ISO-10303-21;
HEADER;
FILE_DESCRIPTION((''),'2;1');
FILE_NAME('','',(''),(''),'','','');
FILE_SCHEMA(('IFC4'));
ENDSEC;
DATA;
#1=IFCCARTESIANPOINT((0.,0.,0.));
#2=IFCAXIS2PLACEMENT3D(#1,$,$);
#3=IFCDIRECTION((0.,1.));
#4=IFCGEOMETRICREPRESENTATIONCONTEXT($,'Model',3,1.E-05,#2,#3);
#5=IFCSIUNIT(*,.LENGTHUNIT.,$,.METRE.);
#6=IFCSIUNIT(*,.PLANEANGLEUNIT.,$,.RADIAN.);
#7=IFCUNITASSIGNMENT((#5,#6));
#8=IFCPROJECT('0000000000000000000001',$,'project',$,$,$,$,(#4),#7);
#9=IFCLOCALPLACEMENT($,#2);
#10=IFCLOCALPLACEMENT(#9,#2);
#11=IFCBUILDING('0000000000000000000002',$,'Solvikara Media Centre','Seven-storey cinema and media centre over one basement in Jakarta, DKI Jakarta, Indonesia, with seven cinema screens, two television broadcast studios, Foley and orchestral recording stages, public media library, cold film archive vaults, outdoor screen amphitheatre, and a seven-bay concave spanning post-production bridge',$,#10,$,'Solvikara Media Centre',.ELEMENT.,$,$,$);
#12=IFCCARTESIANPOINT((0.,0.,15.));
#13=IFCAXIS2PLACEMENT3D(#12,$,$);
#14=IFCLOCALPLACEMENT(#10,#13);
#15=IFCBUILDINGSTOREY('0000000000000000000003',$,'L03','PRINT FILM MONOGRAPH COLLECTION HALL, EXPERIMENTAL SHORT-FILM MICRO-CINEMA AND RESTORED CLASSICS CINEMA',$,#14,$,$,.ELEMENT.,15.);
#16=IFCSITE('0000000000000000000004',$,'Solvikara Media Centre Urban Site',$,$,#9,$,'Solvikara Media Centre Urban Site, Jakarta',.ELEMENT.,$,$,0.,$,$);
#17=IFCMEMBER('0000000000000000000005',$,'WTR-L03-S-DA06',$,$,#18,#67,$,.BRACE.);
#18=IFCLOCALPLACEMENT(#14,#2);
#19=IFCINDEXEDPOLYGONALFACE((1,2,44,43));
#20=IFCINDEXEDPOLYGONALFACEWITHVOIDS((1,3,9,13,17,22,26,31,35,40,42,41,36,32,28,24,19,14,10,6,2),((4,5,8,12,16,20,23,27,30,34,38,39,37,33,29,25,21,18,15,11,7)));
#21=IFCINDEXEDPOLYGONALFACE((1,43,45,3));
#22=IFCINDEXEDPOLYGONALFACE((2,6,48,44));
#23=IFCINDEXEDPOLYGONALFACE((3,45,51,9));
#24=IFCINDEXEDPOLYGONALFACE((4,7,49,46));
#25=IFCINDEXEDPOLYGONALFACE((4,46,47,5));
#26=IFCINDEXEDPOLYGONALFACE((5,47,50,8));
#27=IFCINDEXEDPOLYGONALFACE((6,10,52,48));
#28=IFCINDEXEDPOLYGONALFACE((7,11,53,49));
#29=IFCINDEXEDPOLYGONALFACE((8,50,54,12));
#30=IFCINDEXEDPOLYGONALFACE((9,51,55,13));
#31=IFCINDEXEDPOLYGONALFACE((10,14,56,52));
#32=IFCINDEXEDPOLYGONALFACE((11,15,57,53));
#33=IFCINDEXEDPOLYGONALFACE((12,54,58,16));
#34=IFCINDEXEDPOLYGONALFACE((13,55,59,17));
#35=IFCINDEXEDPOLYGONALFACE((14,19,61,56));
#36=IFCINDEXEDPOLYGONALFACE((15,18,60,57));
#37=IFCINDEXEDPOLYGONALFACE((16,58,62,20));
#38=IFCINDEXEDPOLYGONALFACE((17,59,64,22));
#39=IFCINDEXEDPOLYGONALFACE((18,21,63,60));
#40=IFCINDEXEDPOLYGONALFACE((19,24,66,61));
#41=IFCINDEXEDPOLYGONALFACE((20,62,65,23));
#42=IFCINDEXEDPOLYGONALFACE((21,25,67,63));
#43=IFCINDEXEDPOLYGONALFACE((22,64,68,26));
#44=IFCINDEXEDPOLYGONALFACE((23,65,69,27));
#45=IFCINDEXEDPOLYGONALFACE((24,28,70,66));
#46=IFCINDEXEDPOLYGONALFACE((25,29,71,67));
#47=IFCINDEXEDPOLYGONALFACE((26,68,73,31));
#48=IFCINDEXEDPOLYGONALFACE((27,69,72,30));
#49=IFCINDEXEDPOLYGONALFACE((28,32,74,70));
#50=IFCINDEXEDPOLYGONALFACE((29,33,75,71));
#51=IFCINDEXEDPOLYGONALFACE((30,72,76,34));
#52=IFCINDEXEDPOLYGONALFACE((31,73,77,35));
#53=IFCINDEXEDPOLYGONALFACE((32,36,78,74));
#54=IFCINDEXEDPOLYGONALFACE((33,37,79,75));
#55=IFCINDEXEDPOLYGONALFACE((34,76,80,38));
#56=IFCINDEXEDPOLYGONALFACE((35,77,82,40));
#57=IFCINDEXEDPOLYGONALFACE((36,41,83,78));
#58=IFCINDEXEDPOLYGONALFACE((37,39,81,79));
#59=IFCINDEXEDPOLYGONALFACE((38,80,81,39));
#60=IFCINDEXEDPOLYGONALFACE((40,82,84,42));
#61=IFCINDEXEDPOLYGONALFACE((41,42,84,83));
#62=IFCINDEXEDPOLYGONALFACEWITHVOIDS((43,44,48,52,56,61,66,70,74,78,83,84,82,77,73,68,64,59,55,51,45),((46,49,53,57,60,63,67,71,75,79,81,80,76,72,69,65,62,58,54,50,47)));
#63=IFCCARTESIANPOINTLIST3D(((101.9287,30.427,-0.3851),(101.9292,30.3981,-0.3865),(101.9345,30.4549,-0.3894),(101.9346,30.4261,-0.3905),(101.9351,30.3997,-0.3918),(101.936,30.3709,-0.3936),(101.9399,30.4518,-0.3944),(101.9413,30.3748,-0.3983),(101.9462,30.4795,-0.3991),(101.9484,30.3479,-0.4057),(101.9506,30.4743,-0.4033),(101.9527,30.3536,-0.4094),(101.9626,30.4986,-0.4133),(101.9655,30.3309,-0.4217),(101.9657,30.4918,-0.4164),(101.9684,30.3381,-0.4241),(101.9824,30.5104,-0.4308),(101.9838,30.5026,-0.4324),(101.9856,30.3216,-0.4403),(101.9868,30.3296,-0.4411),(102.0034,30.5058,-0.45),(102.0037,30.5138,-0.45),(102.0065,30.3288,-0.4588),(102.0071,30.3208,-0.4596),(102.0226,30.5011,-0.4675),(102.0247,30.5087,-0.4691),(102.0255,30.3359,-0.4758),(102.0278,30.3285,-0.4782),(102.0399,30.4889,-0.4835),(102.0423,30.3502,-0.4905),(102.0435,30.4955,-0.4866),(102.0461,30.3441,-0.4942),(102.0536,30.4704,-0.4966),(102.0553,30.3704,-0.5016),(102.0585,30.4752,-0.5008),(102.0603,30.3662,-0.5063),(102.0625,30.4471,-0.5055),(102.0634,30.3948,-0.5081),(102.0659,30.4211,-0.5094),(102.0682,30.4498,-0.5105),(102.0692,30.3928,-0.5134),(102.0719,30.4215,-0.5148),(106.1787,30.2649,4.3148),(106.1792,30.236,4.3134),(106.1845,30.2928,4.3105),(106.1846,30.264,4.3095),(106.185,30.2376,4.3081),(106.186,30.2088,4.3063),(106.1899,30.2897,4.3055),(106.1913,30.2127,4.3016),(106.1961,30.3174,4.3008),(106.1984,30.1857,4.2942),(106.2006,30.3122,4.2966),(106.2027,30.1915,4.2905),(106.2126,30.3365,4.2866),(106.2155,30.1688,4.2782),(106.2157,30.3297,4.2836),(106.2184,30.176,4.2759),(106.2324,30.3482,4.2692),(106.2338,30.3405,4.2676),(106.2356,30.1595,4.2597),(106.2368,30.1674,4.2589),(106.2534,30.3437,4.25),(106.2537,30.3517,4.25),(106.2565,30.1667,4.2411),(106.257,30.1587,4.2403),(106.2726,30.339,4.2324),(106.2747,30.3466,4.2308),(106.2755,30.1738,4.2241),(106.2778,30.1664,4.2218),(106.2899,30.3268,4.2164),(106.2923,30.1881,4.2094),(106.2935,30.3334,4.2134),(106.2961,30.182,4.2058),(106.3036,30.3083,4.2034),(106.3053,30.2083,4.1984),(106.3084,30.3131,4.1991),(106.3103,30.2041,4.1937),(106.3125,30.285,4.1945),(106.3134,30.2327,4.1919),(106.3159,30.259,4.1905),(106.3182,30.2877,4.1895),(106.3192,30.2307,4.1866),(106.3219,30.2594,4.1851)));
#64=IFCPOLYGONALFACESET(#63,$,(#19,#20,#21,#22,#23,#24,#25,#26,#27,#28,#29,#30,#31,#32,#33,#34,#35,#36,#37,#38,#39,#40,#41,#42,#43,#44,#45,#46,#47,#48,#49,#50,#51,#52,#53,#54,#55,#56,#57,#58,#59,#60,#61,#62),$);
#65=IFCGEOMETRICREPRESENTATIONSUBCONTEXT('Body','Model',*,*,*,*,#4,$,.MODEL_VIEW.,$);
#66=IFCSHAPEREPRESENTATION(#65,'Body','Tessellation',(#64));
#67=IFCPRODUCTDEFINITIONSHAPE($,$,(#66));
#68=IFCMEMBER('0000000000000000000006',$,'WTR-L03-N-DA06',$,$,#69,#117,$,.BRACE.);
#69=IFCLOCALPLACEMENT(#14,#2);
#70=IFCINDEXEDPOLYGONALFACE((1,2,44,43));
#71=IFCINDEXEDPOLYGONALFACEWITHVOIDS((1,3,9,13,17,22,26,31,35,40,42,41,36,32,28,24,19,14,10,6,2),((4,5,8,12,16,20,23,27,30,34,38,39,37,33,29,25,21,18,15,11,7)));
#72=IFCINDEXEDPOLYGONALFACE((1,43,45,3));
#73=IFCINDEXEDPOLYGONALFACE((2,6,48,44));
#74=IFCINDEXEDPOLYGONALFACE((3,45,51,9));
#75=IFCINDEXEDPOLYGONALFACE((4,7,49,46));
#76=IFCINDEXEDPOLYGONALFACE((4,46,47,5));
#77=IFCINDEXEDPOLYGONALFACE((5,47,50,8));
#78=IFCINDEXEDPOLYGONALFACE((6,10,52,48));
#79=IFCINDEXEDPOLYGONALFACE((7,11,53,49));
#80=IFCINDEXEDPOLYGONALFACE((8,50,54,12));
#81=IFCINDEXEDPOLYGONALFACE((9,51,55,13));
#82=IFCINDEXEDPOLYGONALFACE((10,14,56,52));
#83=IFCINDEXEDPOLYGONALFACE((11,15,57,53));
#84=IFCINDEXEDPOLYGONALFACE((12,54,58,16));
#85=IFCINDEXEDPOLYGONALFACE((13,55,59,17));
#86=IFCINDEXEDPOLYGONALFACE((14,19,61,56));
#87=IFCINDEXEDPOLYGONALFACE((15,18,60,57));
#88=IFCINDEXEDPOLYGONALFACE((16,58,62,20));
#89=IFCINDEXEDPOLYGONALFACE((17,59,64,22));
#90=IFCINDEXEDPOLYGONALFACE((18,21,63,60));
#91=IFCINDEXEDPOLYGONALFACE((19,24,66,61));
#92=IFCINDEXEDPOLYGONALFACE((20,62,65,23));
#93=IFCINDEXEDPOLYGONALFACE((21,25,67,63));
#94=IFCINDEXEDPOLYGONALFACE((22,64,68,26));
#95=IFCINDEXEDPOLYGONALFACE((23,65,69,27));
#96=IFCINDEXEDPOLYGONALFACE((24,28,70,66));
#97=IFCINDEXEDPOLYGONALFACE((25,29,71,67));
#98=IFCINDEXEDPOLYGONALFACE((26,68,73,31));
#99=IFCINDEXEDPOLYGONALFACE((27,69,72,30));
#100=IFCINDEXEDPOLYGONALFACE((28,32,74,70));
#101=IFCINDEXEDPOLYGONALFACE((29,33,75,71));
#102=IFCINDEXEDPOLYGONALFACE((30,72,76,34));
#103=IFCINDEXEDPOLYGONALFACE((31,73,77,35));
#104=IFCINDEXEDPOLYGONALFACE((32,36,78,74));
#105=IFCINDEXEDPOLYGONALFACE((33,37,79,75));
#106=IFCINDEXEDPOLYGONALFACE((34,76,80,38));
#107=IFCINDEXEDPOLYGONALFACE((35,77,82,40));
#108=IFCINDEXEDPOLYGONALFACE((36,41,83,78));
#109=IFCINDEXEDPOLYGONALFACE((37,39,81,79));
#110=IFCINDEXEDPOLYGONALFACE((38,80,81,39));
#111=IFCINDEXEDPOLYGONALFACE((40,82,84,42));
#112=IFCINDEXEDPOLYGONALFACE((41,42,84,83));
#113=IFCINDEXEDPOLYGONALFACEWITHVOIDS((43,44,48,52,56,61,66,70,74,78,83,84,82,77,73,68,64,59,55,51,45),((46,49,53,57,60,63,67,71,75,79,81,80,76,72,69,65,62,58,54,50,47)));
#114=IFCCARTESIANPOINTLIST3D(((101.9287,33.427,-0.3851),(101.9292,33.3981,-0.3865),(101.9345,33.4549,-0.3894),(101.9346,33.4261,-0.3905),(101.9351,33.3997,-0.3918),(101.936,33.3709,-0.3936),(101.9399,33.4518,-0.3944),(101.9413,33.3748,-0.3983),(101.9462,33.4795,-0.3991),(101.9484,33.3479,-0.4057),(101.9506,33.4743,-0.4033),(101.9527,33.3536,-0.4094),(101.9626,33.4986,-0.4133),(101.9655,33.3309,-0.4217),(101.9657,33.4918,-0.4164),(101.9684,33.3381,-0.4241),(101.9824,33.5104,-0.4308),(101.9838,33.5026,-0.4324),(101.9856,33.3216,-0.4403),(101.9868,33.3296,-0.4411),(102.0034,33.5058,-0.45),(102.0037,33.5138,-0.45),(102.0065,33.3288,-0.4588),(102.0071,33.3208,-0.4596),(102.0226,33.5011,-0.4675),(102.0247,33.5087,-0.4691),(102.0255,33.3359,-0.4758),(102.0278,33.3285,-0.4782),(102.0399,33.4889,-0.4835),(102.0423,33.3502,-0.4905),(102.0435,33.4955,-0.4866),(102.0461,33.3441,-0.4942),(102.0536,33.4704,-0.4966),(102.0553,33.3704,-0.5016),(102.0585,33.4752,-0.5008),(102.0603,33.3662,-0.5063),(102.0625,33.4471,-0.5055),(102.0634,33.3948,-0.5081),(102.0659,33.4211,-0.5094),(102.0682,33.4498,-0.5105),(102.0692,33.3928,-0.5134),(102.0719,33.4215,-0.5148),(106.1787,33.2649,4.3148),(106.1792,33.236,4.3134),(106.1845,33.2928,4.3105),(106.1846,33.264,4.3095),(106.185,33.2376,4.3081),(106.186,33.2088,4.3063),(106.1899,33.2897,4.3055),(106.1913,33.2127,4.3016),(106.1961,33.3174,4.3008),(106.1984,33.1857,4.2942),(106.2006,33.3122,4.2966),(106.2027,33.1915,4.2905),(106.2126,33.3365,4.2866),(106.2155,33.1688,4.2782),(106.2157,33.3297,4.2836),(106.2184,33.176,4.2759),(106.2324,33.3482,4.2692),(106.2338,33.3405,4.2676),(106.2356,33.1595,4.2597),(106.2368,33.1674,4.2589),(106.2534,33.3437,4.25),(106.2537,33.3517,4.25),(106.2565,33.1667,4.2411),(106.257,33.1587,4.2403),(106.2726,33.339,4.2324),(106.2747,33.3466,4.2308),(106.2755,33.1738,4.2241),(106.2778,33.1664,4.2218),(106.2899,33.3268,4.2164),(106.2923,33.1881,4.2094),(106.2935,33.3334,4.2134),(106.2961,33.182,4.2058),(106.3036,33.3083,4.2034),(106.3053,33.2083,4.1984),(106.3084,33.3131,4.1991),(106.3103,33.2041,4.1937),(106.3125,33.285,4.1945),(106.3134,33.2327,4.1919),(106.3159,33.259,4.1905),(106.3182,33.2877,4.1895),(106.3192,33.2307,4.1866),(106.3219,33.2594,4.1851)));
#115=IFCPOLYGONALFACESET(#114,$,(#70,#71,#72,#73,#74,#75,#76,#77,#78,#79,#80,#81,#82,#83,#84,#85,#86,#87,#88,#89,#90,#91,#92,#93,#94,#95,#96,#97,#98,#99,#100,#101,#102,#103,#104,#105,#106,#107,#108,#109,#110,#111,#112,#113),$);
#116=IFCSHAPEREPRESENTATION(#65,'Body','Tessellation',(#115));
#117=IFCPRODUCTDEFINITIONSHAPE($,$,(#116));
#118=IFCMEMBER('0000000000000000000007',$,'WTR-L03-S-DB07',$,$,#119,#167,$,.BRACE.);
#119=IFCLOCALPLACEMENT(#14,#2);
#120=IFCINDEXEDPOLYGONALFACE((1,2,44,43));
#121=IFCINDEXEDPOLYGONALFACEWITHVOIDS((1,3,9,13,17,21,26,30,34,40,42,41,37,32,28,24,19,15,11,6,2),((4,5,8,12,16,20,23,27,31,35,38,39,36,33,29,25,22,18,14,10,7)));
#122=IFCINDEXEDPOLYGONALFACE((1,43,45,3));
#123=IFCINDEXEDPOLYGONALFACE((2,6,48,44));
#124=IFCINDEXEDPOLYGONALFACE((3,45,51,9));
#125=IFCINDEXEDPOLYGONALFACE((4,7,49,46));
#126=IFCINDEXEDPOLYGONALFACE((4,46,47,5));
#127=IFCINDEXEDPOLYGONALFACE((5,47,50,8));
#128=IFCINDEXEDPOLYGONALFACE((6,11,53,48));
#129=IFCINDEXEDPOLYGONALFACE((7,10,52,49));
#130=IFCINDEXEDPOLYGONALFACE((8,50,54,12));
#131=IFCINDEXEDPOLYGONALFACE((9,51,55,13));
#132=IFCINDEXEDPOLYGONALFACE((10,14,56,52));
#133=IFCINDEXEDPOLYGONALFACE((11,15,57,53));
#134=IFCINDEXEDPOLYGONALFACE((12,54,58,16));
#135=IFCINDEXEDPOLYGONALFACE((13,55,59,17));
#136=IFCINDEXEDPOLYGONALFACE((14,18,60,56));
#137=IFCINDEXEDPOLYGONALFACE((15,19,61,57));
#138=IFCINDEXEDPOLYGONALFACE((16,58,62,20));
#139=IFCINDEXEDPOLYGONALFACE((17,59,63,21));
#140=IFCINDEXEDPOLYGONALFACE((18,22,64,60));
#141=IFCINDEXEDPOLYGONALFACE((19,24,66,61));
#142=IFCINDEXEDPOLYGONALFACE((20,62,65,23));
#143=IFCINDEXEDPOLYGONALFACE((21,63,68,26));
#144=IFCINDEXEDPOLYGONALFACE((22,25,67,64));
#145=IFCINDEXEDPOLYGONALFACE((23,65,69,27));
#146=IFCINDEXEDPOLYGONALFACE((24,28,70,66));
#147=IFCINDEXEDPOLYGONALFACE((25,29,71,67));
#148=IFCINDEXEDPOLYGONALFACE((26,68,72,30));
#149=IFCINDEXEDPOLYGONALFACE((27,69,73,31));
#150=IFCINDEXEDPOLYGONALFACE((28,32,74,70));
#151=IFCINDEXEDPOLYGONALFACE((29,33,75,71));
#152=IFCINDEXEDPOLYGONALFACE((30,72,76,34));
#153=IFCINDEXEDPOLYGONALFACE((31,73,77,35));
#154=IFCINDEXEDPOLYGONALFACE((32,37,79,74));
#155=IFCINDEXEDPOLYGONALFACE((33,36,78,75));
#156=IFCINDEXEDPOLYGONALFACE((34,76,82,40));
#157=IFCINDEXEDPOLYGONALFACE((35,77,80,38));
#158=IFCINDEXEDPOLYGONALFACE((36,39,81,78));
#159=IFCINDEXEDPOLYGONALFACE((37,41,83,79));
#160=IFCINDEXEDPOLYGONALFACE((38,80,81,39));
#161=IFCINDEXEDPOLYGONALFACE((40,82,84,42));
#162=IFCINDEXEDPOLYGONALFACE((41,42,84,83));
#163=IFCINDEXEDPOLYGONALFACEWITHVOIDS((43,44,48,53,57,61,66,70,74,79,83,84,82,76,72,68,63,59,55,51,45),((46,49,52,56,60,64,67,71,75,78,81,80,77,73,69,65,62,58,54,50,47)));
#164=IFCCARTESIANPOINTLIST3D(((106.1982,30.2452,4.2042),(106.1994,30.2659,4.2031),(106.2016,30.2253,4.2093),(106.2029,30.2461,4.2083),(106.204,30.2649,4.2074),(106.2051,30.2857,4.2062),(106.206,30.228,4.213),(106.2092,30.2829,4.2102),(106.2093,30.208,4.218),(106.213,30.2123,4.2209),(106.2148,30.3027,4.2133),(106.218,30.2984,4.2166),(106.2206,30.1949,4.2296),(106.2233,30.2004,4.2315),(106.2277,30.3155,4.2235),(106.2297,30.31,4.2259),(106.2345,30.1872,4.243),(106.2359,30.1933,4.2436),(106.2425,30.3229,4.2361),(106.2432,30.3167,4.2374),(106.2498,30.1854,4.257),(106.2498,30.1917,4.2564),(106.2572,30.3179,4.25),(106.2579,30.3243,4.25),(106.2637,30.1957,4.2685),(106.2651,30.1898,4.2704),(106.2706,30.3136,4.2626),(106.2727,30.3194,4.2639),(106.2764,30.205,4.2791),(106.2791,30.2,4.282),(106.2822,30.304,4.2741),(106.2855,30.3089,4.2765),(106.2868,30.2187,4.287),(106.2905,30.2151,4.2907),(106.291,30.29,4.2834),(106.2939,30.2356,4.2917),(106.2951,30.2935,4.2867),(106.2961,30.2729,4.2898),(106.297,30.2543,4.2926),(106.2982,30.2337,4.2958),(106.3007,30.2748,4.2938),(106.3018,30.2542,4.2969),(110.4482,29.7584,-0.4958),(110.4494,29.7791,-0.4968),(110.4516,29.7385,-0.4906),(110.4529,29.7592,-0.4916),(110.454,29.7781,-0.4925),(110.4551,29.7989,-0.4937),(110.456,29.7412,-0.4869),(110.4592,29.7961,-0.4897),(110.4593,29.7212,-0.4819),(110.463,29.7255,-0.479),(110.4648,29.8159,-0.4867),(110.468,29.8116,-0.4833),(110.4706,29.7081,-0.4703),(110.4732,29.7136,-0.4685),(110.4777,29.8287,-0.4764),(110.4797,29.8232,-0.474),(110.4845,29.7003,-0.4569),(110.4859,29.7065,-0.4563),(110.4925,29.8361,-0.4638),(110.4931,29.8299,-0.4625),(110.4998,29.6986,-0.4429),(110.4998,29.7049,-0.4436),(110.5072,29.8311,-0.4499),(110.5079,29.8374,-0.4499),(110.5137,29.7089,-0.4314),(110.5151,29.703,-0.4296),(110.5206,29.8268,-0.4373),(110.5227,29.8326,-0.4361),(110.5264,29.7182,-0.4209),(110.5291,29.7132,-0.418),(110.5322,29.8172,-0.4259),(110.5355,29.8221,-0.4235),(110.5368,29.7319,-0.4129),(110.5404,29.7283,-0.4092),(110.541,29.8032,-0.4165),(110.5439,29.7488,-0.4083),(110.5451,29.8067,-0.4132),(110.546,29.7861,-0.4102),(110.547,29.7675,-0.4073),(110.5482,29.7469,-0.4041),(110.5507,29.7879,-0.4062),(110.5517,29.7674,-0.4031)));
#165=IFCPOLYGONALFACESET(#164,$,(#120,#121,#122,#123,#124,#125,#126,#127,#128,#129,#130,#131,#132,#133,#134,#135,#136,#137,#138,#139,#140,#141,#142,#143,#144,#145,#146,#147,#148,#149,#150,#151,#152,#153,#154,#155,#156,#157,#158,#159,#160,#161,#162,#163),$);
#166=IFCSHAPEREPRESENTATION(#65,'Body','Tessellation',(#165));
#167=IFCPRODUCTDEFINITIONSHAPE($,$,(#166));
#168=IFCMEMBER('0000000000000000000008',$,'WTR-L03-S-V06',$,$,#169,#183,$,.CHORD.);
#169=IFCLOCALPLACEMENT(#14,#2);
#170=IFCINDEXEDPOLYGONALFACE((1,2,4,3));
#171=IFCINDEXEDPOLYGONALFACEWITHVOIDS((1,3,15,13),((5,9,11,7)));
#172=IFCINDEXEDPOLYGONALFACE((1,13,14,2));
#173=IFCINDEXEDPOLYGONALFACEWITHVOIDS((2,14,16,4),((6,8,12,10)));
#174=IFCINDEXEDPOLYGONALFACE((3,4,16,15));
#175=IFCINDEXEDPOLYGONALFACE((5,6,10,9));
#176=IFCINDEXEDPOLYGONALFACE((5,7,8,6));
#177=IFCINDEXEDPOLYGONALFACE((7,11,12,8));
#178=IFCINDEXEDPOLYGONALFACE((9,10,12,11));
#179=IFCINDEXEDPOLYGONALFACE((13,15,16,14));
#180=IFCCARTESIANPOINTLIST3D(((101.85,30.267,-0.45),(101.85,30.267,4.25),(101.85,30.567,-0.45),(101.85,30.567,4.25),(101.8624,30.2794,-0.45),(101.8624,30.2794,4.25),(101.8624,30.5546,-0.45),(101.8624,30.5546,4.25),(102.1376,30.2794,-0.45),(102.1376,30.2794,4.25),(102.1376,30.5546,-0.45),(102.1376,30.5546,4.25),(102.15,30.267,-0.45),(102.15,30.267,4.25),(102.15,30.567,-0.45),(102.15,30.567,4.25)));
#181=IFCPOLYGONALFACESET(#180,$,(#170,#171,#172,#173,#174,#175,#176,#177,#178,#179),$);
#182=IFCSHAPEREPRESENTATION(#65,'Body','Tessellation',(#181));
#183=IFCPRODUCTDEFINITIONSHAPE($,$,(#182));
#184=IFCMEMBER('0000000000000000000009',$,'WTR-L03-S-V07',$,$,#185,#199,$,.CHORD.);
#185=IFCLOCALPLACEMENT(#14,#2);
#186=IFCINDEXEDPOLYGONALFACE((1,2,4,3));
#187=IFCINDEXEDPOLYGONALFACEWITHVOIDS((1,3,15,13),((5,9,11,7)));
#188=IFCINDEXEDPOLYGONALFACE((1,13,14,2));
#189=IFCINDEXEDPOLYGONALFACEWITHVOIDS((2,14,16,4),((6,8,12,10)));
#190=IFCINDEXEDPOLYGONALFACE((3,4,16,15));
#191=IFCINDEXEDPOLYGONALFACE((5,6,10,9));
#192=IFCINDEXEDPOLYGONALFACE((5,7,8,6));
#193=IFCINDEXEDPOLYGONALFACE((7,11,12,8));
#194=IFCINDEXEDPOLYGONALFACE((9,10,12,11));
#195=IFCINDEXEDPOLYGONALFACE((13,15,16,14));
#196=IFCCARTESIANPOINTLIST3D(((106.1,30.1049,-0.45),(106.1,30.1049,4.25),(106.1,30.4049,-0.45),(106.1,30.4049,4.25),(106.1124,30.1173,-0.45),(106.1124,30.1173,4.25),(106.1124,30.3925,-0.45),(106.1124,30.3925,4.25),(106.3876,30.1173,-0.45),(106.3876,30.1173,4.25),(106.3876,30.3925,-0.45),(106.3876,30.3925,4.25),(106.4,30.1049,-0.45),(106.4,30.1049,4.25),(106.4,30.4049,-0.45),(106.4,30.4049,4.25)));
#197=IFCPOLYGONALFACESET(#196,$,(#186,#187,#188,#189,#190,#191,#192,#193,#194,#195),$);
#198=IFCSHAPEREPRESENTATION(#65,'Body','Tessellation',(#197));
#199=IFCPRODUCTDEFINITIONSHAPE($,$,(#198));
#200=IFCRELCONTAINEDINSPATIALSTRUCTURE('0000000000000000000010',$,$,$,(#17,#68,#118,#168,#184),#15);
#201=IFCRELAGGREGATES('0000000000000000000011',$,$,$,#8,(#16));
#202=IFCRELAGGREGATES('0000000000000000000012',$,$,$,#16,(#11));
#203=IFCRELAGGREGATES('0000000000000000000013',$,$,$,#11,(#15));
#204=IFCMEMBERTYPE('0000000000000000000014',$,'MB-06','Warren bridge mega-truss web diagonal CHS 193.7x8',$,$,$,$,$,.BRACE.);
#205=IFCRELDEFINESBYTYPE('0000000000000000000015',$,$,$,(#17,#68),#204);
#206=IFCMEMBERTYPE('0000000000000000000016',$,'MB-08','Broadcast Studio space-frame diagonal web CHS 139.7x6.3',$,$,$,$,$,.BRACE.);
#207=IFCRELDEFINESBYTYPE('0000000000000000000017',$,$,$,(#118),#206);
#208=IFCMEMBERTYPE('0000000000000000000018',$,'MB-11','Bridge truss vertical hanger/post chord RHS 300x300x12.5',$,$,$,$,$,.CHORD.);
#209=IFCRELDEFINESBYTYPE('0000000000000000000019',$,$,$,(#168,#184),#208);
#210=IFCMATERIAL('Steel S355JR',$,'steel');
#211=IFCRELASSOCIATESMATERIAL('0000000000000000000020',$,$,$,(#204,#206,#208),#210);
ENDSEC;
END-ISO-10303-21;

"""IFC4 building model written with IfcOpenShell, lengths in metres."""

from ifc_helpers import new_model, si_unit, direction, frame, origin, origin_2d, place, context, subcontext, project, spatial, hollow_rectangle, hollow_circle, extrude, material, material_profile, profile_set, type_object, element, save


model = new_model("IFC4")

# Units and contexts
model_context = context("Model", 3, precision=1e-05, world=origin(), true_north=direction((0.0, 1.0)))
body_context = subcontext(model_context, "Body", "Model", "MODEL_VIEW")
ifc_project = project(units=[si_unit("LENGTHUNIT", "METRE"), si_unit("PLANEANGLEUNIT", "RADIAN")], contexts=[model_context])

# Site, building, storey
site_placement = place(None, origin())
site = spatial("IfcSite", under=ifc_project, at=site_placement, Name="Solvikara Media Centre Urban Site", LongName="Solvikara Media Centre Urban Site, Jakarta", CompositionType="ELEMENT", RefElevation=0.0)
building_placement = place(site_placement, origin())
building = spatial("IfcBuilding", under=site, at=building_placement, Name="Solvikara Media Centre", Description="Seven-storey cinema and media centre over one basement in Jakarta, DKI Jakarta, Indonesia, with seven cinema screens, two television broadcast studios, Foley and orchestral recording stages, public media library, cold film archive vaults, outdoor screen amphitheatre, and a seven-bay concave spanning post-production bridge", LongName="Solvikara Media Centre", CompositionType="ELEMENT")
storey_placement = place(building_placement, frame((0.0, 0.0, 15.0)))
storey = spatial("IfcBuildingStorey", under=building, at=storey_placement, Name="L03", Description="PRINT FILM MONOGRAPH COLLECTION HALL, EXPERIMENTAL SHORT-FILM MICRO-CINEMA AND RESTORED CLASSICS CINEMA", CompositionType="ELEMENT", Elevation=15.0)

# Shared definitions
ifc_material_1 = material(Name="Steel S355JR", Category="steel")

# Members
ifc_material_profile_1 = material_profile(ifc_material_1, hollow_circle(Radius=0.0969, WallThickness=0.0081, at=origin_2d()), Name="CHS 193.7x8")
ifc_profile_set_1 = profile_set([ifc_material_profile_1], Name="Steel S355JR")
member_type_1 = type_object("IfcMemberType", Name="MB-06", Description="Warren bridge mega-truss web diagonal CHS 193.7x8", PredefinedType="BRACE", material=ifc_profile_set_1)
for number, where, z_axis, x_axis, name in (
    (1, (102.0, 30.417, -0.45), (0.670491, -0.025575, 0.741477), (0.038116, 0.999273, 0.0), "WTR-L03-S-DA06"),
    (2, (102.0, 33.417, -0.45), (0.670491, -0.025575, 0.741477), (0.038116, 0.999273, 0.0), "WTR-L03-N-DA06"),
):
    element("IfcMember", number, at=place(storey_placement, frame(where, z_axis=z_axis, x_axis=x_axis)), inside=storey, type_object=member_type_1, Name=name, PredefinedType="BRACE", context=body_context, shape_type="SweptSolid", body=[
        extrude(hollow_circle(Radius=0.0969, WallThickness=0.0081, at=origin_2d()), origin(), (0.0, 0.0, 1.0), 6.3386),
    ])
ifc_material_profile_2 = material_profile(ifc_material_1, hollow_circle(Radius=0.0698, WallThickness=0.0063, at=origin_2d()), Name="CHS 139.7x6.3")
ifc_profile_set_2 = profile_set([ifc_material_profile_2], Name="Steel S355JR")
member_type_2 = type_object("IfcMemberType", Name="MB-08", Description="Broadcast Studio space-frame diagonal web CHS 139.7x6.3", PredefinedType="BRACE", material=ifc_profile_set_2)
member_1_placement = place(storey_placement, frame((106.25, 30.2549, 4.25), z_axis=(0.66874, -0.076601, -0.73954), x_axis=(0.113801, 0.993504, 0.0)))
element("IfcMember", 3, at=member_1_placement, inside=storey, type_object=member_type_2, Name="WTR-L03-S-DB07", PredefinedType="BRACE", context=body_context, shape_type="SweptSolid", body=[
    extrude(hollow_circle(Radius=0.0698, WallThickness=0.0063, at=origin_2d()), origin(), (0.0, 0.0, 1.0), 6.3552),
])
ifc_material_profile_3 = material_profile(ifc_material_1, hollow_rectangle(XDim=0.3, YDim=0.3, WallThickness=0.0125, at=origin_2d()), Name="RHS 300x300x12.5")
ifc_profile_set_3 = profile_set([ifc_material_profile_3], Name="Steel S355JR")
member_type_3 = type_object("IfcMemberType", Name="MB-11", Description="Bridge truss vertical hanger/post chord RHS 300x300x12.5", PredefinedType="CHORD", material=ifc_profile_set_3)
for number, where, z_axis, x_axis, name in (
    (4, (102.0, 30.417, -0.45), (0.0, 0.0, 1.0), (1.0, 0.0, 0.0), "WTR-L03-S-V06"),
    (5, (106.25, 30.2549, -0.45), (0.0, 0.0, 1.0), (1.0, 0.0, 0.0), "WTR-L03-S-V07"),
):
    element("IfcMember", number, at=place(storey_placement, frame(where, z_axis=z_axis, x_axis=x_axis)), inside=storey, type_object=member_type_3, Name=name, PredefinedType="CHORD", context=body_context, shape_type="SweptSolid", body=[
        extrude(hollow_rectangle(XDim=0.3, YDim=0.3, WallThickness=0.0125, at=origin_2d()), origin(), (0.0, 0.0, 1.0), 4.7),
    ])

save(model, "model.ifc")
